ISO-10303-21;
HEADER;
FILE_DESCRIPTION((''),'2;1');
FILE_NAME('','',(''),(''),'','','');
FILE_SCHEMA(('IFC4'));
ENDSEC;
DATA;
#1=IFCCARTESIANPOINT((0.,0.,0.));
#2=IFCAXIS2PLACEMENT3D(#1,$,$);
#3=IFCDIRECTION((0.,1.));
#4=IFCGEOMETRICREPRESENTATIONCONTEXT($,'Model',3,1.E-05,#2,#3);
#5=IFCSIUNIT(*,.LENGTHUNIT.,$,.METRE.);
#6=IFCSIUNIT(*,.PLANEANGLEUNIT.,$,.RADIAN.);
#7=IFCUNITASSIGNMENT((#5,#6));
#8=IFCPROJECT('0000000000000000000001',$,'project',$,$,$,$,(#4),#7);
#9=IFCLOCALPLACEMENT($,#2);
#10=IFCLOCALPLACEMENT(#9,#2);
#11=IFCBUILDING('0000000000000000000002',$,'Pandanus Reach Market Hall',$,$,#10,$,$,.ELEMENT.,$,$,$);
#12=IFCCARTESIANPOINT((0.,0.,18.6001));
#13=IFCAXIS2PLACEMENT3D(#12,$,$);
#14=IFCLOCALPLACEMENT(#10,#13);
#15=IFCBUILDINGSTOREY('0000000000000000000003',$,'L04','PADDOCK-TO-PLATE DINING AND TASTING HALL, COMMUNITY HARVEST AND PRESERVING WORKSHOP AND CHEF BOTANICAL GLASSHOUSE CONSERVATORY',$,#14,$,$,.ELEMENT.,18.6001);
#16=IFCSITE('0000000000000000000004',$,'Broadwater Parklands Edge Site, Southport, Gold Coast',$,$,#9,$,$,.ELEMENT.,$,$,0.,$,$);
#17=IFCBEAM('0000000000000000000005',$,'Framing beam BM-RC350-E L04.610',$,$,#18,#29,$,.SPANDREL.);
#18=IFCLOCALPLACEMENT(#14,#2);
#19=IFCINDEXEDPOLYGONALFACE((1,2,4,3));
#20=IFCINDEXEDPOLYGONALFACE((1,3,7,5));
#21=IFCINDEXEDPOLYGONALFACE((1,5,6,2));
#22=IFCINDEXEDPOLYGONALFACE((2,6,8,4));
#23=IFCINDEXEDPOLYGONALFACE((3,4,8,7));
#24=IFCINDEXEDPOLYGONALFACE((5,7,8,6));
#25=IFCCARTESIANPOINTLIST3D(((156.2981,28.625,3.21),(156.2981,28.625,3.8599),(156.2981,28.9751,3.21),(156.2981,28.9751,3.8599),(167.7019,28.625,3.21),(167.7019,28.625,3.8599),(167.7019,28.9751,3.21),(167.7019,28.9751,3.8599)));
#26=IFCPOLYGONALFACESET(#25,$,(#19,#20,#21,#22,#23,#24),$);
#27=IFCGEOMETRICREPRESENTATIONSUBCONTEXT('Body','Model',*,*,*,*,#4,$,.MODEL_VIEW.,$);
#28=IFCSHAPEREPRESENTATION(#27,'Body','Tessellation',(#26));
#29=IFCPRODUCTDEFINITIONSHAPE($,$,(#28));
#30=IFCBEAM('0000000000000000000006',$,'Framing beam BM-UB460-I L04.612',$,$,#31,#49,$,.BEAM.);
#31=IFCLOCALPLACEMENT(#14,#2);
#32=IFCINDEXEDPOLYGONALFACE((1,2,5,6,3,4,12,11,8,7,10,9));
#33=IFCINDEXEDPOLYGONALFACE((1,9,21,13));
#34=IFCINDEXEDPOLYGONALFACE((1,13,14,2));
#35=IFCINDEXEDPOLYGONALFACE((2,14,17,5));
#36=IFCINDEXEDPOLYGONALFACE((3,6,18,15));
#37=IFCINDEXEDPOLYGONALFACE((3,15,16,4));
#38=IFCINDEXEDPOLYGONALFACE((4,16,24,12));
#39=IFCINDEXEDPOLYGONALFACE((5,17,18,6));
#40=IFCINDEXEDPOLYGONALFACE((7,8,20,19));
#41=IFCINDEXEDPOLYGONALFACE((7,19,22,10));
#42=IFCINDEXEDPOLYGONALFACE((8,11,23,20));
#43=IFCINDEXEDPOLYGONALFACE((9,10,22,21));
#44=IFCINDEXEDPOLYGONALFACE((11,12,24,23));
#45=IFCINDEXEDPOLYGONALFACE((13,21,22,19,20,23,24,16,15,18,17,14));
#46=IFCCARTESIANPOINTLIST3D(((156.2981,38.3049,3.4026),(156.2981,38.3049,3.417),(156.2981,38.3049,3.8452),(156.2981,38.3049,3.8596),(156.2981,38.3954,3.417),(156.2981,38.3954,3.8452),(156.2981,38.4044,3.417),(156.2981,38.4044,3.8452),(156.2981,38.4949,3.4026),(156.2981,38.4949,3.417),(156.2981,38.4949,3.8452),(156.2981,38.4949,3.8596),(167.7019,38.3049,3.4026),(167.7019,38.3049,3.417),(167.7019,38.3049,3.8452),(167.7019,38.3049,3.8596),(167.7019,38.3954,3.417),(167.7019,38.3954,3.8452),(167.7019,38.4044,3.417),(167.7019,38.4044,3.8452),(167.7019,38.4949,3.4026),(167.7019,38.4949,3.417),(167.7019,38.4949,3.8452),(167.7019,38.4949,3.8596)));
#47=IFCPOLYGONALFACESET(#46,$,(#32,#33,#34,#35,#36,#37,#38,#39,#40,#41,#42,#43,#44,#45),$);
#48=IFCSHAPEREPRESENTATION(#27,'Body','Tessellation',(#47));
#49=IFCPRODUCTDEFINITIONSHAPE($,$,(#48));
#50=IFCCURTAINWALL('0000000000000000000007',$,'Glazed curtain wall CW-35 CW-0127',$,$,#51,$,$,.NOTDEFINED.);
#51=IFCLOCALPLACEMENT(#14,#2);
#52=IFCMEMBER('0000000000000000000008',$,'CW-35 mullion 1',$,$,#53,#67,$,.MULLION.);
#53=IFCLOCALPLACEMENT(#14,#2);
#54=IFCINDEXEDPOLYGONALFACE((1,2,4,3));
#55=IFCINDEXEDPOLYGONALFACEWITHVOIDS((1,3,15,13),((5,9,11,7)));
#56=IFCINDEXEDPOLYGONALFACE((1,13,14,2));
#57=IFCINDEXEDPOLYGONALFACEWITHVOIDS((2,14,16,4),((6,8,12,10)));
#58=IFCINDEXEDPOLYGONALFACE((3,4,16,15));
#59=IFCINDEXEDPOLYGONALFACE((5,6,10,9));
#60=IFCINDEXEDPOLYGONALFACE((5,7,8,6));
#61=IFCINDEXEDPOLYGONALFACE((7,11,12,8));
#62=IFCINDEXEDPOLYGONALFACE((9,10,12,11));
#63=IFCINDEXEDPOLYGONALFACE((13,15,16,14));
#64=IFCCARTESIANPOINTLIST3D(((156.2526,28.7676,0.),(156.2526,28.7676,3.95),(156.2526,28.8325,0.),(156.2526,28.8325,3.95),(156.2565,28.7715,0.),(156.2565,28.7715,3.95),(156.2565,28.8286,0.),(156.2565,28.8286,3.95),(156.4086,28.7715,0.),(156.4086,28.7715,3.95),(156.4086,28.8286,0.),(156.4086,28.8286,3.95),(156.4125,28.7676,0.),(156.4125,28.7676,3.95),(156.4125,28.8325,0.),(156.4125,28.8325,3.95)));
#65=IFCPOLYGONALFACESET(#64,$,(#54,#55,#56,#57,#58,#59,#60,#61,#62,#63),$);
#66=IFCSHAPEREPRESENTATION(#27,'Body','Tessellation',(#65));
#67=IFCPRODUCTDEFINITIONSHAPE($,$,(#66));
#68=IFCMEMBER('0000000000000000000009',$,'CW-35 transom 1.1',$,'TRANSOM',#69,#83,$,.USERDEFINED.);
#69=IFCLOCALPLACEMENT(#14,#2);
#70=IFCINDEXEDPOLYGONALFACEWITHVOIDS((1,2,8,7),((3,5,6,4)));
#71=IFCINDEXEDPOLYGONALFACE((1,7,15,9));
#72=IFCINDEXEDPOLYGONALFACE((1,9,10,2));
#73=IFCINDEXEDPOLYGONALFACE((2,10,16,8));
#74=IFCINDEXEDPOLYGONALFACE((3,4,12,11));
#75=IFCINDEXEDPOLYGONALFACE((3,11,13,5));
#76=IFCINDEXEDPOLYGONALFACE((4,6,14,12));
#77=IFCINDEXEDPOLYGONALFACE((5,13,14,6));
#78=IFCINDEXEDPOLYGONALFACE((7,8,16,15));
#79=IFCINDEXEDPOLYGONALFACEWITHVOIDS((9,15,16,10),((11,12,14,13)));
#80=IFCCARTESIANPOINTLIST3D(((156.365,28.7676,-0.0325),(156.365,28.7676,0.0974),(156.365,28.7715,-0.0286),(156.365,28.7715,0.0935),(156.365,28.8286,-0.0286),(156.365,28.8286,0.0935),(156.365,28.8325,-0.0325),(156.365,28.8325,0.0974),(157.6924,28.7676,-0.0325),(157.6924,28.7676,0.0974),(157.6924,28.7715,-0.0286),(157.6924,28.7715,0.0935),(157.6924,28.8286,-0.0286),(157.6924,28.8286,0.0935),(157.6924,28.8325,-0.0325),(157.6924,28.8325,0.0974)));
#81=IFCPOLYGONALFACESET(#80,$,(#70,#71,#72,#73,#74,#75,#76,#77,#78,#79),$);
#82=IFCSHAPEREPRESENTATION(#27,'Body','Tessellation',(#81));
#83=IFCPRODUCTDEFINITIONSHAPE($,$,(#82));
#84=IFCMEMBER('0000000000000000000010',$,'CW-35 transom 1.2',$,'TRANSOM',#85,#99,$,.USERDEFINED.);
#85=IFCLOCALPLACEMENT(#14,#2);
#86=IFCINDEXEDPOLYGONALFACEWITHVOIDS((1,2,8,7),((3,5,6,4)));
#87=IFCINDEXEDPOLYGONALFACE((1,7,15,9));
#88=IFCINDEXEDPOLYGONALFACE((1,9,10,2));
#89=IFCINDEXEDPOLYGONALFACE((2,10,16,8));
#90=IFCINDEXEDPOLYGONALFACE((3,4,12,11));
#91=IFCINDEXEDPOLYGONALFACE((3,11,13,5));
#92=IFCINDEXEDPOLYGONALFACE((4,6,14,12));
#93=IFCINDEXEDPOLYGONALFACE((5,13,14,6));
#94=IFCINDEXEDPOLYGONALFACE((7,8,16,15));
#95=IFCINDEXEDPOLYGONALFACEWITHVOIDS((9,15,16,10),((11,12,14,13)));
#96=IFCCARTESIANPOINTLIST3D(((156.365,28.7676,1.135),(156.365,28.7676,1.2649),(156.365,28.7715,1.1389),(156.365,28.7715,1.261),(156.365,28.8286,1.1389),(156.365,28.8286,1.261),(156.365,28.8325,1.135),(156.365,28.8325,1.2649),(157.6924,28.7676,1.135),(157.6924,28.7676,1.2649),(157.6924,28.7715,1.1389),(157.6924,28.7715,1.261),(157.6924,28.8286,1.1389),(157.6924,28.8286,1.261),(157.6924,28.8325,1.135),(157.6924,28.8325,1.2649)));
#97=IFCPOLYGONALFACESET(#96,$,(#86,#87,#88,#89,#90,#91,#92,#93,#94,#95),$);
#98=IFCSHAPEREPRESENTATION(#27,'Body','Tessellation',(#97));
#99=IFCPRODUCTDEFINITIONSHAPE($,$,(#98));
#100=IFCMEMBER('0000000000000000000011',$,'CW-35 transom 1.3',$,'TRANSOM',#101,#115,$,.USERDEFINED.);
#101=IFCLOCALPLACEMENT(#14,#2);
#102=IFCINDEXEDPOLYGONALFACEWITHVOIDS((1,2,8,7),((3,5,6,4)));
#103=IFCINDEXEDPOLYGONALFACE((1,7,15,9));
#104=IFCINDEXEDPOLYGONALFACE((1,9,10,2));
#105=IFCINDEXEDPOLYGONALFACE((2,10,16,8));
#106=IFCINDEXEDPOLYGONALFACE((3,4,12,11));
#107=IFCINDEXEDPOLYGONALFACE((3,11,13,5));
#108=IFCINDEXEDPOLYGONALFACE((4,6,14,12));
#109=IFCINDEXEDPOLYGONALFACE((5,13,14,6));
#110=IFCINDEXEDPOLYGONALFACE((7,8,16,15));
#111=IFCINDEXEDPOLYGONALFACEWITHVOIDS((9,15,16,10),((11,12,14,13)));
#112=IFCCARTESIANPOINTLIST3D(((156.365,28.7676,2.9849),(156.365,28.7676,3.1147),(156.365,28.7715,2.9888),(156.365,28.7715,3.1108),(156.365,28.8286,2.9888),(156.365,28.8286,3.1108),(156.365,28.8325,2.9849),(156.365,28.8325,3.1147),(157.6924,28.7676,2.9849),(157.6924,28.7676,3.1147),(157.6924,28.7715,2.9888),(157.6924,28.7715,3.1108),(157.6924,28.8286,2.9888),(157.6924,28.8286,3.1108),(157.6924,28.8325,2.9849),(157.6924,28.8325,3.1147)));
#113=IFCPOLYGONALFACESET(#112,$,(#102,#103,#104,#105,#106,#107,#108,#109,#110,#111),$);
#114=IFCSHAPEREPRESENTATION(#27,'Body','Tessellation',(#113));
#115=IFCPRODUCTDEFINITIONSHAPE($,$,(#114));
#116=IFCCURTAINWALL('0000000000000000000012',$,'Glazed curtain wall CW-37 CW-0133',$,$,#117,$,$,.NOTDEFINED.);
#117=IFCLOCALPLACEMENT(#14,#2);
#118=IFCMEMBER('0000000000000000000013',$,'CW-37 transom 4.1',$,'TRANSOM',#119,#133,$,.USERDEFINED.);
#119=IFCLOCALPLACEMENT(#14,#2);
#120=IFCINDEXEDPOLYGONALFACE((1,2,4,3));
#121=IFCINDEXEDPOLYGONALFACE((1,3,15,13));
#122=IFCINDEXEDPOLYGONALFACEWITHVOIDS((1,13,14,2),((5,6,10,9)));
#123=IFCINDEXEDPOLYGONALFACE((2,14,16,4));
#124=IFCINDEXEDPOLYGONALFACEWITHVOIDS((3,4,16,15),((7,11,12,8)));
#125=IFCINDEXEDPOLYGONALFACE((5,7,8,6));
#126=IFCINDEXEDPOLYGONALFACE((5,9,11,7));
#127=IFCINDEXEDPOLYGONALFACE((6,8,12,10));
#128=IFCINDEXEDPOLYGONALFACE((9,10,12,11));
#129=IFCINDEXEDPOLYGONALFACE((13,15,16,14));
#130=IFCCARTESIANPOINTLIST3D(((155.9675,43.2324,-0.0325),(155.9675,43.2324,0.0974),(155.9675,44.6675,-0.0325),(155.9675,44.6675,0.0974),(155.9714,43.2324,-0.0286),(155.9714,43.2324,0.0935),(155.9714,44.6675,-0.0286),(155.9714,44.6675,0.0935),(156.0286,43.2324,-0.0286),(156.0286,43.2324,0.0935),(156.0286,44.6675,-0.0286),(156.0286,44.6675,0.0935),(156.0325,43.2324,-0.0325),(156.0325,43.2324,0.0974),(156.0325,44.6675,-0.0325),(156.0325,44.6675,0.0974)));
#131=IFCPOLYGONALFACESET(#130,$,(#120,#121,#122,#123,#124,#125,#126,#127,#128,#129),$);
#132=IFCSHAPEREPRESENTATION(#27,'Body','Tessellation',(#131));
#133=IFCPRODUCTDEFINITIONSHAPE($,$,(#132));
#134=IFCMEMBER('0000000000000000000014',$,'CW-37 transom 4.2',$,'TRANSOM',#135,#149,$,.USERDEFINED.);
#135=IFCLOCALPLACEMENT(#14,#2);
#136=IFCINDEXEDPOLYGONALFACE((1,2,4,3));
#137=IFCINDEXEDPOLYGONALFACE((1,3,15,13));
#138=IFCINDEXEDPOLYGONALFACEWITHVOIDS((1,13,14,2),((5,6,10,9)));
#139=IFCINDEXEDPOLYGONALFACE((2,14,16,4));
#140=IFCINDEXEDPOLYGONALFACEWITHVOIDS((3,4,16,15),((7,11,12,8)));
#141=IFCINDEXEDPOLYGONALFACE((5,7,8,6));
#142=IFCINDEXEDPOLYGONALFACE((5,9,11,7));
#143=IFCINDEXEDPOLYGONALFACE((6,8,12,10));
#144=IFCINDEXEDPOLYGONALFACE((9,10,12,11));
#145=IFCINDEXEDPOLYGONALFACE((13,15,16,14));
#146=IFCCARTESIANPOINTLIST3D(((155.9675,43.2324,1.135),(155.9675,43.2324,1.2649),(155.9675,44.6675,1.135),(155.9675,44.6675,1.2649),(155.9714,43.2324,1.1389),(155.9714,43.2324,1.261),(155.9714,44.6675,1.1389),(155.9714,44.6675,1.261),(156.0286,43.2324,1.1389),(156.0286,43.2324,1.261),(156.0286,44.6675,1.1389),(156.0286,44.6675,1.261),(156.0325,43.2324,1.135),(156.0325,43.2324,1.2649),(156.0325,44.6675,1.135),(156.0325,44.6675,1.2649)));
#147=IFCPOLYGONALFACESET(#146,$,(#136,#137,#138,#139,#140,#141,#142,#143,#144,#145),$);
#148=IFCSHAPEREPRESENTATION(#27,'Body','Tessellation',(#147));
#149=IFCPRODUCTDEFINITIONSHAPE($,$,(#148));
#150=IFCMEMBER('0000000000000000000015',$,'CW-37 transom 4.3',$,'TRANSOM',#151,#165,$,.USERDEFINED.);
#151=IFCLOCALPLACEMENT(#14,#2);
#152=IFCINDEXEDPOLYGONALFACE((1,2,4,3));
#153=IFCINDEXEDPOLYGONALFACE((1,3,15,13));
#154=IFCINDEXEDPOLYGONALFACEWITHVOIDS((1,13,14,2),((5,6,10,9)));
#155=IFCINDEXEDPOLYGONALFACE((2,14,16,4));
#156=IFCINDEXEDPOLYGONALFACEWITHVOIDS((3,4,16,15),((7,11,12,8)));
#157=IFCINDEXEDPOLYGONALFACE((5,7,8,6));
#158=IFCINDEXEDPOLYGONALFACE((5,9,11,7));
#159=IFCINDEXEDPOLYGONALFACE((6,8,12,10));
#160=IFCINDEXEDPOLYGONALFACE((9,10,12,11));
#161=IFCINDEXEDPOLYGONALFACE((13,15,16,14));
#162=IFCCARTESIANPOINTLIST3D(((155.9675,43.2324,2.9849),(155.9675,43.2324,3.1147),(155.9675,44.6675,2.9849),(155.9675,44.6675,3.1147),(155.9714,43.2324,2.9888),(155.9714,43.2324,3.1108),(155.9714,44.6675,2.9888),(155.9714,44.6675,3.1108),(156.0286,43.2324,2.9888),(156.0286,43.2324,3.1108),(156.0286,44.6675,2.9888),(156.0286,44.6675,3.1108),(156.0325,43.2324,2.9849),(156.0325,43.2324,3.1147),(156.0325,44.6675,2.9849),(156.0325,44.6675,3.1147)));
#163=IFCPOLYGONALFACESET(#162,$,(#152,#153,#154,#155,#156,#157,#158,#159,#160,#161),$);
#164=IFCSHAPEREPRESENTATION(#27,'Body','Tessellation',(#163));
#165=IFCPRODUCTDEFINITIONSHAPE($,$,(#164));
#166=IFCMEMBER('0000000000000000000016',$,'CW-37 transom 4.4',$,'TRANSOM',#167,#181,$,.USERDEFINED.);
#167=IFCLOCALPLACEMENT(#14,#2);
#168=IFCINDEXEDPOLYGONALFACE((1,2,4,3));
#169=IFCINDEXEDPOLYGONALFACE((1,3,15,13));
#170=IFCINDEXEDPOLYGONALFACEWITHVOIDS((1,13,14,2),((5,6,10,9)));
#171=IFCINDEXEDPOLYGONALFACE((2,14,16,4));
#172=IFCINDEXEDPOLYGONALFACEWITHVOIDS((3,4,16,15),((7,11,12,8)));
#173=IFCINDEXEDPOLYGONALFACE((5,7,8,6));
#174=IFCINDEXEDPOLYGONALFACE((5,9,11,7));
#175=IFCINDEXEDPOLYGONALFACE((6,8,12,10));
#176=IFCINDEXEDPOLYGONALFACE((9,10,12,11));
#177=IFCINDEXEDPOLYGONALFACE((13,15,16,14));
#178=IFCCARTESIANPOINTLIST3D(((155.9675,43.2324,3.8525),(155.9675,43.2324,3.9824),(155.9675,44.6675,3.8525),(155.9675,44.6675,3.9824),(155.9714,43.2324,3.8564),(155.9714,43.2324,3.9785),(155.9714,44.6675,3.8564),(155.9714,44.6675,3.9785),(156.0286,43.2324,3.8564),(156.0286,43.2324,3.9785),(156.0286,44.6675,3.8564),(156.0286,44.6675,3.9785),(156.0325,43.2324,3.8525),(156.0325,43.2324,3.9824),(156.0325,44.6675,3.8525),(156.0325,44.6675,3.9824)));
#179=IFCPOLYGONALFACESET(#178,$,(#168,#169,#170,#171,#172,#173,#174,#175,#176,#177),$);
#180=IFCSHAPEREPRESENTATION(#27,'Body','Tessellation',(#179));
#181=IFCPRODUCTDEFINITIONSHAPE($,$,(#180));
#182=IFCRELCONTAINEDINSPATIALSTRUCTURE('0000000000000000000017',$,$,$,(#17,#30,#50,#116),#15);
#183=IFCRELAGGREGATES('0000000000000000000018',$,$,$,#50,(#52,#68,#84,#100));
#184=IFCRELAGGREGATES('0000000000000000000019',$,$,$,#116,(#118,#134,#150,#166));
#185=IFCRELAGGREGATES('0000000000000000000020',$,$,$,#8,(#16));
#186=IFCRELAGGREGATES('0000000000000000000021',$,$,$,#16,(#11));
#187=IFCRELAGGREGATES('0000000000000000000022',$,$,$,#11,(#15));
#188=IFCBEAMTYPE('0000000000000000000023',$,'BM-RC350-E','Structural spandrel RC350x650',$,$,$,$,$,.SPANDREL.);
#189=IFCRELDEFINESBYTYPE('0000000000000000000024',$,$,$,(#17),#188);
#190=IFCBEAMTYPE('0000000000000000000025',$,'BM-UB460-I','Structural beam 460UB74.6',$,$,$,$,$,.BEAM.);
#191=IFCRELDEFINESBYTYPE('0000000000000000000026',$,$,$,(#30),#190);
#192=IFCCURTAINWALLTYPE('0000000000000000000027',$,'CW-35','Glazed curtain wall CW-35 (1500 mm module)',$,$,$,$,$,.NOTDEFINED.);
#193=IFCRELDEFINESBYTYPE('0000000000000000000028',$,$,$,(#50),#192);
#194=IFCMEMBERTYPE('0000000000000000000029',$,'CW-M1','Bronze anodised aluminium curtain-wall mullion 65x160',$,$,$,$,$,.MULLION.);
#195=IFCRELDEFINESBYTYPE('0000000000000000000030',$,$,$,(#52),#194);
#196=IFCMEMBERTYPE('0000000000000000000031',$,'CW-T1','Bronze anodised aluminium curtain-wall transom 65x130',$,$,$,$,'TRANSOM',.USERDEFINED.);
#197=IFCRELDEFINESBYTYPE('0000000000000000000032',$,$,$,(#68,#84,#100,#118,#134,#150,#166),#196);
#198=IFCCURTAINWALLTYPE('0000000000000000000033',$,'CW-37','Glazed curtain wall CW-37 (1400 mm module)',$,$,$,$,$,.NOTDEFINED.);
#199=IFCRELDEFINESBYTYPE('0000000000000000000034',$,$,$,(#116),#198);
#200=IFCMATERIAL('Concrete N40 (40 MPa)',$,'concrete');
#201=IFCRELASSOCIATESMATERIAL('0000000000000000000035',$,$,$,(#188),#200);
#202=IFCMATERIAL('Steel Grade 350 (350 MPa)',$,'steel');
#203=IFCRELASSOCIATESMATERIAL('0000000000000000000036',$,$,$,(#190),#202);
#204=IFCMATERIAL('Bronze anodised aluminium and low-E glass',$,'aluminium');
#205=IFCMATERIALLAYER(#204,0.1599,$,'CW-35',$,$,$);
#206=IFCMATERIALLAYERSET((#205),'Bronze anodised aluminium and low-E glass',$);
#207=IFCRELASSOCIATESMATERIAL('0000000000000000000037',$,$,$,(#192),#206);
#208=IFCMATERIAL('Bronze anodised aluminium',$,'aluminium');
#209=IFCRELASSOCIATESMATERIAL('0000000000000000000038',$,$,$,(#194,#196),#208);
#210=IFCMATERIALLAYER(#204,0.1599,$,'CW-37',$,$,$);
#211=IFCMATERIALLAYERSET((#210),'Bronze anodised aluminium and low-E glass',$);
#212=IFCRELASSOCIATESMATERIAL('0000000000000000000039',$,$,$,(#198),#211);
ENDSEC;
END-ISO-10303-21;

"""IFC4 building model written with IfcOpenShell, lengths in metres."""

from ifc_helpers import new_model, si_unit, direction, frame, origin, origin_2d, place, context, subcontext, project, spatial, rectangle, hollow_rectangle, i_section, extrude, material, layer, layer_set, material_profile, profile_set, type_object, element, aggregate, save


model = new_model("IFC4")

# Units and contexts
model_context = context("Model", 3, precision=1e-05, world=origin(), true_north=direction((0.0, 1.0)))
body_context = subcontext(model_context, "Body", "Model", "MODEL_VIEW")
ifc_project = project(units=[si_unit("LENGTHUNIT", "METRE"), si_unit("PLANEANGLEUNIT", "RADIAN")], contexts=[model_context])

# Site, building, storey
site_placement = place(None, origin())
site = spatial("IfcSite", under=ifc_project, at=site_placement, Name="Broadwater Parklands Edge Site, Southport, Gold Coast", CompositionType="ELEMENT", RefElevation=0.0)
building_placement = place(site_placement, origin())
building = spatial("IfcBuilding", under=site, at=building_placement, Name="Pandanus Reach Market Hall", CompositionType="ELEMENT")
storey_placement = place(building_placement, frame((0.0, 0.0, 18.6001)))
storey = spatial("IfcBuildingStorey", under=building, at=storey_placement, Name="L04", Description="PADDOCK-TO-PLATE DINING AND TASTING HALL, COMMUNITY HARVEST AND PRESERVING WORKSHOP AND CHEF BOTANICAL GLASSHOUSE CONSERVATORY", CompositionType="ELEMENT", Elevation=18.6001)

# Beams
ifc_material_1 = material(Name="Concrete N40 (40 MPa)", Category="concrete")
ifc_material_profile_1 = material_profile(ifc_material_1, rectangle(XDim=0.3501, YDim=0.6499, at=origin_2d()), Name="RC350x650", Category="LoadBearing")
ifc_profile_set_1 = profile_set([ifc_material_profile_1], Name="Concrete N40 (40 MPa)")
beam_type_1 = type_object("IfcBeamType", Name="BM-RC350-E", Description="Structural spandrel RC350x650", PredefinedType="SPANDREL", material=ifc_profile_set_1)
beam_1_placement = place(storey_placement, frame((156.2981, 28.8, 3.5349), z_axis=(1.0, 0.0, 0.0), x_axis=(0.0, 1.0, 0.0)))
element("IfcBeam", 1, at=beam_1_placement, inside=storey, type_object=beam_type_1, Name="Framing beam BM-RC350-E L04.610", PredefinedType="SPANDREL", context=body_context, shape_type="SweptSolid", body=[
    extrude(rectangle(XDim=0.3501, YDim=0.6499, at=origin_2d()), origin(), (0.0, 0.0, 1.0), 11.4038),
])
ifc_material_2 = material(Name="Steel Grade 350 (350 MPa)", Category="steel")
ifc_material_profile_2 = material_profile(ifc_material_2, i_section(OverallWidth=0.1899, OverallDepth=0.457, WebThickness=0.009, FlangeThickness=0.0144, at=origin_2d()), Name="460UB74.6", Category="LoadBearing")
ifc_profile_set_2 = profile_set([ifc_material_profile_2], Name="Steel Grade 350 (350 MPa)")
beam_type_2 = type_object("IfcBeamType", Name="BM-UB460-I", Description="Structural beam 460UB74.6", PredefinedType="BEAM", material=ifc_profile_set_2)
beam_2_placement = place(storey_placement, frame((156.2981, 38.3999, 3.6311), z_axis=(1.0, 0.0, 0.0), x_axis=(0.0, 1.0, 0.0)))
element("IfcBeam", 2, at=beam_2_placement, inside=storey, type_object=beam_type_2, Name="Framing beam BM-UB460-I L04.612", PredefinedType="BEAM", context=body_context, shape_type="SweptSolid", body=[
    extrude(i_section(OverallWidth=0.1899, OverallDepth=0.457, WebThickness=0.009, FlangeThickness=0.0144, at=origin_2d()), origin(), (0.0, 0.0, 1.0), 11.4038),
])

# Curtain wall, members
ifc_material_3 = material(Name="Bronze anodised aluminium and low-E glass", Category="aluminium")
ifc_layer_1 = layer(ifc_material_3, 0.1599, Name="CW-35")
ifc_layer_set_1 = layer_set([ifc_layer_1], Name="Bronze anodised aluminium and low-E glass")
curtain_wall_type_1 = type_object("IfcCurtainWallType", Name="CW-35", Description="Glazed curtain wall CW-35 (1500 mm module)", PredefinedType="NOTDEFINED", material=ifc_layer_set_1)
curtain_wall_1_placement = place(storey_placement, origin())
curtain_wall_1 = element("IfcCurtainWall", 3, at=curtain_wall_1_placement, inside=storey, type_object=curtain_wall_type_1, Name="Glazed curtain wall CW-35 CW-0127", PredefinedType="NOTDEFINED")
ifc_material_4 = material(Name="Bronze anodised aluminium", Category="aluminium")
ifc_material_profile_3 = material_profile(ifc_material_4, hollow_rectangle(XDim=0.0649, YDim=0.1599, WallThickness=0.0039, at=origin_2d()), Name="ALU65x160", Category="LoadBearing")
ifc_profile_set_3 = profile_set([ifc_material_profile_3], Name="Bronze anodised aluminium")
member_type_1 = type_object("IfcMemberType", Name="CW-M1", Description="Bronze anodised aluminium curtain-wall mullion 65x160", PredefinedType="MULLION", material=ifc_profile_set_3)
member_1_placement = place(storey_placement, frame((156.3325, 28.8, 0.0), z_axis=(0.0, 0.0, 1.0), x_axis=(0.0, 1.0, 0.0)))
member_1 = element("IfcMember", 4, at=member_1_placement, type_object=member_type_1, Name="CW-35 mullion 1", PredefinedType="MULLION", context=body_context, shape_type="SweptSolid", body=[
    extrude(hollow_rectangle(XDim=0.0649, YDim=0.1599, WallThickness=0.0039, at=origin_2d()), origin(), (0.0, 0.0, 1.0), 3.95),
])
ifc_material_profile_4 = material_profile(ifc_material_4, hollow_rectangle(XDim=0.0649, YDim=0.1299, WallThickness=0.0039, at=origin_2d()), Name="ALU65x130", Category="LoadBearing")
ifc_profile_set_4 = profile_set([ifc_material_profile_4], Name="Bronze anodised aluminium")
member_type_2 = type_object("IfcMemberType", Name="CW-T1", Description="Bronze anodised aluminium curtain-wall transom 65x130", ElementType="TRANSOM", PredefinedType="USERDEFINED", material=ifc_profile_set_4)
member_2_placement = place(storey_placement, frame((156.365, 28.8, 0.0325), z_axis=(1.0, 0.0, 0.0), x_axis=(0.0, 1.0, 0.0)))
member_2 = element("IfcMember", 5, at=member_2_placement, type_object=member_type_2, Name="CW-35 transom 1.1", ObjectType="TRANSOM", PredefinedType="USERDEFINED", context=body_context, shape_type="SweptSolid", body=[
    extrude(hollow_rectangle(XDim=0.0649, YDim=0.1299, WallThickness=0.0039, at=origin_2d()), origin(), (0.0, 0.0, 1.0), 1.3274),
])
member_3_placement = place(storey_placement, frame((156.365, 28.8, 1.2), z_axis=(1.0, 0.0, 0.0), x_axis=(0.0, 1.0, 0.0)))
member_3 = element("IfcMember", 6, at=member_3_placement, type_object=member_type_2, Name="CW-35 transom 1.2", ObjectType="TRANSOM", PredefinedType="USERDEFINED", context=body_context, shape_type="SweptSolid", body=[
    extrude(hollow_rectangle(XDim=0.0649, YDim=0.1299, WallThickness=0.0039, at=origin_2d()), origin(), (0.0, 0.0, 1.0), 1.3274),
])
member_4_placement = place(storey_placement, frame((156.365, 28.8, 3.0498), z_axis=(1.0, 0.0, 0.0), x_axis=(0.0, 1.0, 0.0)))
member_4 = element("IfcMember", 7, at=member_4_placement, type_object=member_type_2, Name="CW-35 transom 1.3", ObjectType="TRANSOM", PredefinedType="USERDEFINED", context=body_context, shape_type="SweptSolid", body=[
    extrude(hollow_rectangle(XDim=0.0649, YDim=0.1299, WallThickness=0.0039, at=origin_2d()), origin(), (0.0, 0.0, 1.0), 1.3274),
])
aggregate(curtain_wall_1, [member_1, member_2, member_3, member_4])

# Curtain wall, members
ifc_layer_2 = layer(ifc_material_3, 0.1599, Name="CW-37")
ifc_layer_set_2 = layer_set([ifc_layer_2], Name="Bronze anodised aluminium and low-E glass")
curtain_wall_type_2 = type_object("IfcCurtainWallType", Name="CW-37", Description="Glazed curtain wall CW-37 (1400 mm module)", PredefinedType="NOTDEFINED", material=ifc_layer_set_2)
curtain_wall_2_placement = place(storey_placement, origin())
curtain_wall_2 = element("IfcCurtainWall", 8, at=curtain_wall_2_placement, inside=storey, type_object=curtain_wall_type_2, Name="Glazed curtain wall CW-37 CW-0133", PredefinedType="NOTDEFINED")
member_5_placement = place(storey_placement, frame((156.0, 43.2324, 0.0325), z_axis=(0.0, 1.0, 0.0), x_axis=(-1.0, 0.0, 0.0)))
member_5 = element("IfcMember", 9, at=member_5_placement, type_object=member_type_2, Name="CW-37 transom 4.1", ObjectType="TRANSOM", PredefinedType="USERDEFINED", context=body_context, shape_type="SweptSolid", body=[
    extrude(hollow_rectangle(XDim=0.0649, YDim=0.1299, WallThickness=0.0039, at=origin_2d()), origin(), (0.0, 0.0, 1.0), 1.4351),
])
member_6_placement = place(storey_placement, frame((156.0, 43.2324, 1.2), z_axis=(0.0, 1.0, 0.0), x_axis=(-1.0, 0.0, 0.0)))
member_6 = element("IfcMember", 10, at=member_6_placement, type_object=member_type_2, Name="CW-37 transom 4.2", ObjectType="TRANSOM", PredefinedType="USERDEFINED", context=body_context, shape_type="SweptSolid", body=[
    extrude(hollow_rectangle(XDim=0.0649, YDim=0.1299, WallThickness=0.0039, at=origin_2d()), origin(), (0.0, 0.0, 1.0), 1.4351),
])
member_7_placement = place(storey_placement, frame((156.0, 43.2324, 3.0498), z_axis=(0.0, 1.0, 0.0), x_axis=(-1.0, 0.0, 0.0)))
member_7 = element("IfcMember", 11, at=member_7_placement, type_object=member_type_2, Name="CW-37 transom 4.3", ObjectType="TRANSOM", PredefinedType="USERDEFINED", context=body_context, shape_type="SweptSolid", body=[
    extrude(hollow_rectangle(XDim=0.0649, YDim=0.1299, WallThickness=0.0039, at=origin_2d()), origin(), (0.0, 0.0, 1.0), 1.4351),
])
member_8_placement = place(storey_placement, frame((156.0, 43.2324, 3.9175), z_axis=(0.0, 1.0, 0.0), x_axis=(-1.0, 0.0, 0.0)))
member_8 = element("IfcMember", 12, at=member_8_placement, type_object=member_type_2, Name="CW-37 transom 4.4", ObjectType="TRANSOM", PredefinedType="USERDEFINED", context=body_context, shape_type="SweptSolid", body=[
    extrude(hollow_rectangle(XDim=0.0649, YDim=0.1299, WallThickness=0.0039, at=origin_2d()), origin(), (0.0, 0.0, 1.0), 1.4351),
])
aggregate(curtain_wall_2, [member_5, member_6, member_7, member_8])

save(model, "model.ifc")
